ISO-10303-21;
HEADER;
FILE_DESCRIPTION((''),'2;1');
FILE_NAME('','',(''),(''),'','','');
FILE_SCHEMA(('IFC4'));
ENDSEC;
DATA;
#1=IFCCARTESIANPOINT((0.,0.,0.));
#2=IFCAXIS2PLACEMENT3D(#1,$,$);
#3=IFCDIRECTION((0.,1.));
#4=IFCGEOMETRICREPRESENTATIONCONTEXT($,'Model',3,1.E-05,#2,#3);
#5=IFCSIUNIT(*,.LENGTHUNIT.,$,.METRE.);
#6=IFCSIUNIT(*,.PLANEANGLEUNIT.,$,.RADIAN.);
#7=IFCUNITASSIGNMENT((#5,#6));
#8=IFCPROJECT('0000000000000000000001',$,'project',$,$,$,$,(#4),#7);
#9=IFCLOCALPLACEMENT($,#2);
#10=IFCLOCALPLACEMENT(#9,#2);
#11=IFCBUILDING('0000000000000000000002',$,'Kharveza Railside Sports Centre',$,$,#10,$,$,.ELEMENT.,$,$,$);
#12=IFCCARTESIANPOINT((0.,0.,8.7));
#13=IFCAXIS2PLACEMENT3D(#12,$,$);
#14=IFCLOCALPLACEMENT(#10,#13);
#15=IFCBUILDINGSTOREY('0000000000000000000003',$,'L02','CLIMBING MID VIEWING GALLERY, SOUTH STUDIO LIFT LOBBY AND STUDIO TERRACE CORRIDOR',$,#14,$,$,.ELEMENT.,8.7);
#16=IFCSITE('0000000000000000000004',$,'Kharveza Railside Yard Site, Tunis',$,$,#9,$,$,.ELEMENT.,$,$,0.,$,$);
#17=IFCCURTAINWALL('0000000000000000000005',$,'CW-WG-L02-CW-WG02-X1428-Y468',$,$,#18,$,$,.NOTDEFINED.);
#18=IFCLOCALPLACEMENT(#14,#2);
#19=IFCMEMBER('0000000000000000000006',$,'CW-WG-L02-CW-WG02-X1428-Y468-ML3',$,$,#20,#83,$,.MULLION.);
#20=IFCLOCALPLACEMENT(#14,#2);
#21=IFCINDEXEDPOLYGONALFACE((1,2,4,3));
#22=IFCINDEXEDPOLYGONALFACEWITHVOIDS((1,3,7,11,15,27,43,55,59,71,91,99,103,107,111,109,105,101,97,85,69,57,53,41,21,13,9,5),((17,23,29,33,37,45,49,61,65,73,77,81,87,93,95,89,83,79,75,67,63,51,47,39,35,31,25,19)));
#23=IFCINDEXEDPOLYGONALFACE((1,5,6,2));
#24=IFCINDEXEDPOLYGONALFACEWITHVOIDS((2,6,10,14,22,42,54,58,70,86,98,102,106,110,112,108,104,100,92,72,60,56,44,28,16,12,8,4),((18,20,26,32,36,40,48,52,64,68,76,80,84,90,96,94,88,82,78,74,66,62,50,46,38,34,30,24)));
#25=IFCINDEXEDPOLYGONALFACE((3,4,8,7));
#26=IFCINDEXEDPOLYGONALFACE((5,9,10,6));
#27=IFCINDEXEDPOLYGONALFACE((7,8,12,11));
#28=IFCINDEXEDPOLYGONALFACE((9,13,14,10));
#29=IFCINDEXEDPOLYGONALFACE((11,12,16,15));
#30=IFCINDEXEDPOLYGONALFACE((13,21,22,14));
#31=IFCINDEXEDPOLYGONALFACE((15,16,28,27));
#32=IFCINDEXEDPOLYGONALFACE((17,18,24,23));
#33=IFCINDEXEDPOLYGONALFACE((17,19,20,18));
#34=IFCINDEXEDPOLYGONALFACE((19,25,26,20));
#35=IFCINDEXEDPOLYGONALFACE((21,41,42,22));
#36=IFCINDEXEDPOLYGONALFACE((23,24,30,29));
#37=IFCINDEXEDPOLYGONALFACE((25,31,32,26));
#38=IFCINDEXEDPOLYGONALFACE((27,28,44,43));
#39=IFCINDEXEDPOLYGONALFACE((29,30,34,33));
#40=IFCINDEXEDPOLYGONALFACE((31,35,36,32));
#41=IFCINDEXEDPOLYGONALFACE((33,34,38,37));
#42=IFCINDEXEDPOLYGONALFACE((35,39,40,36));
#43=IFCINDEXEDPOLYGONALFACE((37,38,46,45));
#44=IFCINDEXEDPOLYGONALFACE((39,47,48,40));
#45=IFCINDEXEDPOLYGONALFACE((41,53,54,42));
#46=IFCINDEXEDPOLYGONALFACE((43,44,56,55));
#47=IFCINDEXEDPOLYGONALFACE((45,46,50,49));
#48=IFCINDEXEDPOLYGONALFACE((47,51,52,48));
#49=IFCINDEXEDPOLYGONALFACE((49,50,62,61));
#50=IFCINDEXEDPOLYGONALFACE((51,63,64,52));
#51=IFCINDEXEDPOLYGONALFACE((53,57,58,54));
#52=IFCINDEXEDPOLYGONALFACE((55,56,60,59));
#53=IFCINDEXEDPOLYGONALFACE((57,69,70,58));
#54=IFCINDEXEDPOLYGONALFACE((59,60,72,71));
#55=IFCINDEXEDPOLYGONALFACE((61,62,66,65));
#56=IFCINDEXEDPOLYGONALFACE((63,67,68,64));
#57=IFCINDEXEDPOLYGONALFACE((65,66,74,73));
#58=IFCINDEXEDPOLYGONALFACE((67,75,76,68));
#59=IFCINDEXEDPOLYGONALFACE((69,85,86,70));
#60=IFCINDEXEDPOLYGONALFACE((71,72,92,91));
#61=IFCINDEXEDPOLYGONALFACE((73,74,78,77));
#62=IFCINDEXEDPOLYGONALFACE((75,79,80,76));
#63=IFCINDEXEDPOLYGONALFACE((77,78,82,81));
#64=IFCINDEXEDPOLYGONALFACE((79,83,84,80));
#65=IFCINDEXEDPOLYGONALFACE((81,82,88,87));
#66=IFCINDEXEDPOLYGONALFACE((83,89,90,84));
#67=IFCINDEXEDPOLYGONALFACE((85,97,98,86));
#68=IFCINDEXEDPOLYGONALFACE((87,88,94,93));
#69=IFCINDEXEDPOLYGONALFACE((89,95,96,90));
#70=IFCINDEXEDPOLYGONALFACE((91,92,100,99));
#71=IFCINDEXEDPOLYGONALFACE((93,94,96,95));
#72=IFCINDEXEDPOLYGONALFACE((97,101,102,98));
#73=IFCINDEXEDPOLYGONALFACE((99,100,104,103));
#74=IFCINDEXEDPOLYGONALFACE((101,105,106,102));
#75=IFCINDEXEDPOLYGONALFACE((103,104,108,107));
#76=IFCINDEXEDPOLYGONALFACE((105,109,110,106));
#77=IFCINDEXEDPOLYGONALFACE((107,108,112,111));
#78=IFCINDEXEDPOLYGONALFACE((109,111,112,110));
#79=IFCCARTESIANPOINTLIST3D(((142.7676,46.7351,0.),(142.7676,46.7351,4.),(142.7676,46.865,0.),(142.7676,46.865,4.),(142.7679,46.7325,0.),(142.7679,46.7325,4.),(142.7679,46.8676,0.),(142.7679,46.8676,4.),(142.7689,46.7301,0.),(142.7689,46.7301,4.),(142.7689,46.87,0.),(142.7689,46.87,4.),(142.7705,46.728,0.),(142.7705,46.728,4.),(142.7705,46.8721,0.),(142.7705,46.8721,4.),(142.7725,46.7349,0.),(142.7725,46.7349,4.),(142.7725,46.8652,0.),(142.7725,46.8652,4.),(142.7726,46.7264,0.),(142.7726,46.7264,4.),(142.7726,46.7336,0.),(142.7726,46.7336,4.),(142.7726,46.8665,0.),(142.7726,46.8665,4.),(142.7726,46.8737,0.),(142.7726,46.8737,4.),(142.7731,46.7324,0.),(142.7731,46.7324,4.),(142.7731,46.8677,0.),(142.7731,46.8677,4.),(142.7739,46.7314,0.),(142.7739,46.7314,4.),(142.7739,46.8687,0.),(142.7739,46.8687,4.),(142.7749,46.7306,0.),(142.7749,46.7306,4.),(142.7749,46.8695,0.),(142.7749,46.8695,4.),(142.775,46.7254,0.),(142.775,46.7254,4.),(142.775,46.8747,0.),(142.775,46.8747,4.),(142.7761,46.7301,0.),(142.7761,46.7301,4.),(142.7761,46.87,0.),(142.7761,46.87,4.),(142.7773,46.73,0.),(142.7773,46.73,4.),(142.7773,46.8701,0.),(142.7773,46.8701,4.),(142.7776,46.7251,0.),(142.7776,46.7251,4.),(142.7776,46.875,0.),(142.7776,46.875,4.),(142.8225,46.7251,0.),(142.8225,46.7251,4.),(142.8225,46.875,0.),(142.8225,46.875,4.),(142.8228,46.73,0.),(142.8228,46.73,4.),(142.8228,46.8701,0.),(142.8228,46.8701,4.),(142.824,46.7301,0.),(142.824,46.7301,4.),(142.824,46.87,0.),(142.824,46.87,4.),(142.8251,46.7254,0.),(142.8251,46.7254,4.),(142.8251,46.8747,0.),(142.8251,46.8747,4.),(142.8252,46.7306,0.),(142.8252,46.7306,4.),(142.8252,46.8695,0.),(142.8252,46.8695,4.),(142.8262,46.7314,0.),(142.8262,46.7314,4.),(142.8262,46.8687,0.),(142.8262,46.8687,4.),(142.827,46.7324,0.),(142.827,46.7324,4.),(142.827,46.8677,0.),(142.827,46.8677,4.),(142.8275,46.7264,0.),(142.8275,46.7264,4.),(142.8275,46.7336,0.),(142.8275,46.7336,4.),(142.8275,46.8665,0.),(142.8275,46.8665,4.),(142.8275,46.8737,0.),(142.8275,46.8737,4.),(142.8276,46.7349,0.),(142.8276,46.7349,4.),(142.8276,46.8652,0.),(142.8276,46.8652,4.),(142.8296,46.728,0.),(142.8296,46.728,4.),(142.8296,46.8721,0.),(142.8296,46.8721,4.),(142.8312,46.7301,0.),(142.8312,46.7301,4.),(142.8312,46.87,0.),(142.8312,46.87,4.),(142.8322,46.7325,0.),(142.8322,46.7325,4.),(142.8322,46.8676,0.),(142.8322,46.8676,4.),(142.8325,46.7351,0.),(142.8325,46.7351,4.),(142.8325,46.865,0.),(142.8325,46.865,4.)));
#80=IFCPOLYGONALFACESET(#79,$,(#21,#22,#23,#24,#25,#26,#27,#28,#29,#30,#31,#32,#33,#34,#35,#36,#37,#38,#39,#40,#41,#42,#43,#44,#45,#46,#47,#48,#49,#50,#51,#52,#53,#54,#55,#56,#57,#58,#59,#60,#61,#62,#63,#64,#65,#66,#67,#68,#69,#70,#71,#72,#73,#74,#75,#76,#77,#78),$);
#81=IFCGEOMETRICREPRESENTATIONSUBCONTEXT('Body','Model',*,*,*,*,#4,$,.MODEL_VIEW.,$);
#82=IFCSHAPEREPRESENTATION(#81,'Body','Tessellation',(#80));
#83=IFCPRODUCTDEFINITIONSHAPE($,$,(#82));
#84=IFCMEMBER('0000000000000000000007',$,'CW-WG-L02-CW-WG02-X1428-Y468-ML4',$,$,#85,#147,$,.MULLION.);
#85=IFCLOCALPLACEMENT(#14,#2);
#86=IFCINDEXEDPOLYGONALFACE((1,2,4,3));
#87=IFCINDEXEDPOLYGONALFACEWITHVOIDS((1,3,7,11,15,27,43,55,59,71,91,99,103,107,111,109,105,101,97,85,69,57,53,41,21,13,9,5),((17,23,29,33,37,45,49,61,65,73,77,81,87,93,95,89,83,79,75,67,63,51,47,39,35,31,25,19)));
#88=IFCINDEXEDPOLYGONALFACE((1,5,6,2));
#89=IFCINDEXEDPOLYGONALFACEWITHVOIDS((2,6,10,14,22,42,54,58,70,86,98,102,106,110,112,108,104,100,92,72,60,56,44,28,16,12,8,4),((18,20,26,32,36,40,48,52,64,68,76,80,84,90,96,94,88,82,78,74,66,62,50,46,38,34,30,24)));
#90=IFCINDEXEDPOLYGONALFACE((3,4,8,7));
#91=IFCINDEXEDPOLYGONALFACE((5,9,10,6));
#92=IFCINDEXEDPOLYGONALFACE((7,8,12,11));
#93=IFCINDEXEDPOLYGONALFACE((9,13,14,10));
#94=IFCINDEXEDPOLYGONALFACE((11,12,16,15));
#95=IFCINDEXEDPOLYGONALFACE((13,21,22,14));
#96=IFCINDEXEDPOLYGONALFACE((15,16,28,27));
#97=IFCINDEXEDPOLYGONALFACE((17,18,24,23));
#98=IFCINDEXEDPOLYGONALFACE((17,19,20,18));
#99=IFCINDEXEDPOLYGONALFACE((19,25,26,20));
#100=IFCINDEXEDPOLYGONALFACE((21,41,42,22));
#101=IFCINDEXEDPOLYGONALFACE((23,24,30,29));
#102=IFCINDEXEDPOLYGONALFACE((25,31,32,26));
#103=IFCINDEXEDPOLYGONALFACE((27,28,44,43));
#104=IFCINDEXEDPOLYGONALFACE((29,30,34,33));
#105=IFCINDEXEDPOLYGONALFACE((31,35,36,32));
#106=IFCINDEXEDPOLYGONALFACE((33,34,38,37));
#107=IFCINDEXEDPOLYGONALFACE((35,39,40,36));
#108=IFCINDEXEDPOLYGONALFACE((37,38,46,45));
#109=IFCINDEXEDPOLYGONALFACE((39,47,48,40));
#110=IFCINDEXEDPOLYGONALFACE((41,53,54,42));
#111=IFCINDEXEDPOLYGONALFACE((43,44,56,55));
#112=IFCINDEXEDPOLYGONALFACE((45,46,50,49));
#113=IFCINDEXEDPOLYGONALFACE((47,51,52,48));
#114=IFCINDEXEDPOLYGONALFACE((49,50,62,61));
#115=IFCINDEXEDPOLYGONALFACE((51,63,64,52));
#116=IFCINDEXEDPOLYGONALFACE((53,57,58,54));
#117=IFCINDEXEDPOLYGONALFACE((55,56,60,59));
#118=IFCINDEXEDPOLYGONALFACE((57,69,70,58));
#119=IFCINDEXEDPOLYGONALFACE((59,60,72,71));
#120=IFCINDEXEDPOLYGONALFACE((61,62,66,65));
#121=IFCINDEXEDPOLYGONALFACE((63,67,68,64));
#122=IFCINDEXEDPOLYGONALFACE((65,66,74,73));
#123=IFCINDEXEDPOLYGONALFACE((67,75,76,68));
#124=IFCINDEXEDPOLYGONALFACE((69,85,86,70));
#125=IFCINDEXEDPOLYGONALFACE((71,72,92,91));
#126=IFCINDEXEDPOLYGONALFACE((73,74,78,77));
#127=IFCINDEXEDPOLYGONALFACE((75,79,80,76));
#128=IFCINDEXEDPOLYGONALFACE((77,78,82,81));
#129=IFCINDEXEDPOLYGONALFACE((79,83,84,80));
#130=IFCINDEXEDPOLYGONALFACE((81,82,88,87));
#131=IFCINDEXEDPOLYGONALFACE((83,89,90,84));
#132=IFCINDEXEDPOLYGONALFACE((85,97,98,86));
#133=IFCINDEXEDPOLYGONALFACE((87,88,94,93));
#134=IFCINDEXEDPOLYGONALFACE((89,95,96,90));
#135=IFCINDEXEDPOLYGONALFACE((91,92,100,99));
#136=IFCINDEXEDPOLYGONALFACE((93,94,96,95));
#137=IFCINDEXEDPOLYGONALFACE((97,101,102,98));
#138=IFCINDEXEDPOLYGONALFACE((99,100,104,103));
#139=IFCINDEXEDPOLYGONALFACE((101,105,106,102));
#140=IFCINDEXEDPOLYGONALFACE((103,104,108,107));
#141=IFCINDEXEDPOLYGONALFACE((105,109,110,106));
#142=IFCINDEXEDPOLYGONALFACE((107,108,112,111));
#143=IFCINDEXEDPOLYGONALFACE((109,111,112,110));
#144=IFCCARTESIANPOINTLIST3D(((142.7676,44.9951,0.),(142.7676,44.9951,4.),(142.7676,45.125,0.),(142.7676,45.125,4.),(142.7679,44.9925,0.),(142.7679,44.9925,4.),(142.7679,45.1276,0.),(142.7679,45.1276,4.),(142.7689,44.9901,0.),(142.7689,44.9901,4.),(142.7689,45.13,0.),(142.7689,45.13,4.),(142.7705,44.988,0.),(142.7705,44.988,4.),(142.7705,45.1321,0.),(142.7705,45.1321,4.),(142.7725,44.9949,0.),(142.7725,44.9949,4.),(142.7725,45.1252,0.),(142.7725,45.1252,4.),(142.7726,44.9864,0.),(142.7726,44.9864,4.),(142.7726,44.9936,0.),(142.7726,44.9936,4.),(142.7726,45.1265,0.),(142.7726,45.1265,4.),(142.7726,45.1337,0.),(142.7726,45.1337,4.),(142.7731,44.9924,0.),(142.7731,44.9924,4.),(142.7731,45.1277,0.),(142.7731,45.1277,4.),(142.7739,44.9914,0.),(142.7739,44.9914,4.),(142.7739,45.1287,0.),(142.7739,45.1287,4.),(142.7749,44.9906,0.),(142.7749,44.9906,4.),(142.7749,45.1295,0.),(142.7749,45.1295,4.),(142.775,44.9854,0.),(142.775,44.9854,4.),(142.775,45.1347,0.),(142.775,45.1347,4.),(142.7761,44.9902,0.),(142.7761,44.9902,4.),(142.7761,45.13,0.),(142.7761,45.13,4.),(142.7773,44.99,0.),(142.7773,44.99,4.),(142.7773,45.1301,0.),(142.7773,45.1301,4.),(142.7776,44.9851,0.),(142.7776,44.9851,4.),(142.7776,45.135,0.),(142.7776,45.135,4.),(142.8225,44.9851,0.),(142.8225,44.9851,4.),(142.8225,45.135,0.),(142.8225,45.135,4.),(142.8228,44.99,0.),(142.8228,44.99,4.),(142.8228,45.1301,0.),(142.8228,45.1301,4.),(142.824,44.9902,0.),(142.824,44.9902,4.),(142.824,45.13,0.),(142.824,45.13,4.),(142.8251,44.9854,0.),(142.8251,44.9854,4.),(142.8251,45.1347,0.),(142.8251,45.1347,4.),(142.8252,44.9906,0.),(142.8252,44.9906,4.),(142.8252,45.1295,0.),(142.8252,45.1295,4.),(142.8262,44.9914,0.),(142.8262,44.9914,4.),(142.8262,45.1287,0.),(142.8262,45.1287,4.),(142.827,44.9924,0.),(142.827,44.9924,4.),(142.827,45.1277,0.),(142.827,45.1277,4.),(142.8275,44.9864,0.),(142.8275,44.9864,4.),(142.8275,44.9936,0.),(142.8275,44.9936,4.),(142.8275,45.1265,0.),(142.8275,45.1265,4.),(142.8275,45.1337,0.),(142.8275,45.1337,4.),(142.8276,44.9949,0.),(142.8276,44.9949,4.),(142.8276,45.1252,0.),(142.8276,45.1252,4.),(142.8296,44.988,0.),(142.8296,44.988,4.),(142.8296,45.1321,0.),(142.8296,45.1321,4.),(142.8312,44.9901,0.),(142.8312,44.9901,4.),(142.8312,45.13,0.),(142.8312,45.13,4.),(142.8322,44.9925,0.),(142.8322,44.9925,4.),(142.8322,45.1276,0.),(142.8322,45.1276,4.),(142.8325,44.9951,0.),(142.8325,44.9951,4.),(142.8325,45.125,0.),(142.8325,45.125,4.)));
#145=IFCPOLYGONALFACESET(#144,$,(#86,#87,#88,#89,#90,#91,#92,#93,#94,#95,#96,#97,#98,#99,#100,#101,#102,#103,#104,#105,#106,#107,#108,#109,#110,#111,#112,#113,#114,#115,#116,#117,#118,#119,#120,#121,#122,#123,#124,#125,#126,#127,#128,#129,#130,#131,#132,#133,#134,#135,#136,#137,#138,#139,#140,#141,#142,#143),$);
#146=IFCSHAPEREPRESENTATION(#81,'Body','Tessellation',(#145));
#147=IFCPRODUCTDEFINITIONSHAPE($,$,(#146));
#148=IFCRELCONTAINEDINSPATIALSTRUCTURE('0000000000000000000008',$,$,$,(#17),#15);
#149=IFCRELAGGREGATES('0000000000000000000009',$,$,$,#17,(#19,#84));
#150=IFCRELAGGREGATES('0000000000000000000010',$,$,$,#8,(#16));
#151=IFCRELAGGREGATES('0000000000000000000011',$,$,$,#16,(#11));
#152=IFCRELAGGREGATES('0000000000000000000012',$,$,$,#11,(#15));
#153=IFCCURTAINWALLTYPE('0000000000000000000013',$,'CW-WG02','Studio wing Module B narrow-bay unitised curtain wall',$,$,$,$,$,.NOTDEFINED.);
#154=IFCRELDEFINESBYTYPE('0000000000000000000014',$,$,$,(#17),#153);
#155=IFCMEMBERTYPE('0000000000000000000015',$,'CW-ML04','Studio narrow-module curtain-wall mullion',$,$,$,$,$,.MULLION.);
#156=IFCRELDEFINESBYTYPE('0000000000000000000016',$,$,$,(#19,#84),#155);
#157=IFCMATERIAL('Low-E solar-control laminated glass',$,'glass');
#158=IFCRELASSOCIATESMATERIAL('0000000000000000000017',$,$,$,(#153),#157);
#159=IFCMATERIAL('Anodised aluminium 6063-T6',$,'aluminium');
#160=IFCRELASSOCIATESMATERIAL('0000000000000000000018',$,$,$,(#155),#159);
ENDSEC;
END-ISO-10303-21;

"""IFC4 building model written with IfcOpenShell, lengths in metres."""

from ifc_helpers import new_model, si_unit, direction, frame, origin, origin_2d, place, context, subcontext, project, spatial, hollow_rectangle, extrude, material, material_profile, profile_set, type_object, element, aggregate, save


model = new_model("IFC4")

# Units and contexts
model_context = context("Model", 3, precision=1e-05, world=origin(), true_north=direction((0.0, 1.0)))
body_context = subcontext(model_context, "Body", "Model", "MODEL_VIEW")
ifc_project = project(units=[si_unit("LENGTHUNIT", "METRE"), si_unit("PLANEANGLEUNIT", "RADIAN")], contexts=[model_context])

# Site, building, storey
site_placement = place(None, origin())
site = spatial("IfcSite", under=ifc_project, at=site_placement, Name="Kharveza Railside Yard Site, Tunis", CompositionType="ELEMENT", RefElevation=0.0)
building_placement = place(site_placement, origin())
building = spatial("IfcBuilding", under=site, at=building_placement, Name="Kharveza Railside Sports Centre", CompositionType="ELEMENT")
storey_placement = place(building_placement, frame((0.0, 0.0, 8.7)))
storey = spatial("IfcBuildingStorey", under=building, at=storey_placement, Name="L02", Description="CLIMBING MID VIEWING GALLERY, SOUTH STUDIO LIFT LOBBY AND STUDIO TERRACE CORRIDOR", CompositionType="ELEMENT", Elevation=8.7)

# Curtain wall, members
ifc_material_1 = material(Name="Low-E solar-control laminated glass", Category="glass")
curtain_wall_type = type_object("IfcCurtainWallType", Name="CW-WG02", Description="Studio wing Module B narrow-bay unitised curtain wall", PredefinedType="NOTDEFINED", material=ifc_material_1)
curtain_wall_1_placement = place(storey_placement, origin())
curtain_wall_1 = element("IfcCurtainWall", 1, at=curtain_wall_1_placement, inside=storey, type_object=curtain_wall_type, Name="CW-WG-L02-CW-WG02-X1428-Y468", PredefinedType="NOTDEFINED")
ifc_material_2 = material(Name="Anodised aluminium 6063-T6", Category="aluminium")
ifc_material_profile_1 = material_profile(ifc_material_2, hollow_rectangle(XDim=0.0649, YDim=0.1499, WallThickness=0.0049, InnerFilletRadius=0.0049, OuterFilletRadius=0.01, at=origin_2d()), Name="RHS 65x150x5.0")
ifc_profile_set_1 = profile_set([ifc_material_profile_1], Name="Anodised aluminium 6063-T6")
member_type_1 = type_object("IfcMemberType", Name="CW-ML04", Description="Studio narrow-module curtain-wall mullion", PredefinedType="MULLION", material=ifc_profile_set_1)
member_1_placement = place(storey_placement, frame((142.8, 46.8, 0.0), z_axis=(0.0, 0.0, 1.0), x_axis=(1.0, 0.0, 0.0)))
member_1 = element("IfcMember", 2, at=member_1_placement, type_object=member_type_1, Name="CW-WG-L02-CW-WG02-X1428-Y468-ML3", PredefinedType="MULLION", context=body_context, shape_type="SweptSolid", body=[
    extrude(hollow_rectangle(XDim=0.0649, YDim=0.1499, WallThickness=0.0049, InnerFilletRadius=0.0049, OuterFilletRadius=0.01, at=origin_2d()), origin(), (0.0, 0.0, 1.0), 4.0),
])
member_2_placement = place(storey_placement, frame((142.8, 45.0601, 0.0), z_axis=(0.0, 0.0, 1.0), x_axis=(1.0, 0.0, 0.0)))
member_2 = element("IfcMember", 3, at=member_2_placement, type_object=member_type_1, Name="CW-WG-L02-CW-WG02-X1428-Y468-ML4", PredefinedType="MULLION", context=body_context, shape_type="SweptSolid", body=[
    extrude(hollow_rectangle(XDim=0.0649, YDim=0.1499, WallThickness=0.0049, InnerFilletRadius=0.0049, OuterFilletRadius=0.01, at=origin_2d()), origin(), (0.0, 0.0, 1.0), 4.0),
])

aggregate(curtain_wall_1, [member_1, member_2])

save(model, "model.ifc")
